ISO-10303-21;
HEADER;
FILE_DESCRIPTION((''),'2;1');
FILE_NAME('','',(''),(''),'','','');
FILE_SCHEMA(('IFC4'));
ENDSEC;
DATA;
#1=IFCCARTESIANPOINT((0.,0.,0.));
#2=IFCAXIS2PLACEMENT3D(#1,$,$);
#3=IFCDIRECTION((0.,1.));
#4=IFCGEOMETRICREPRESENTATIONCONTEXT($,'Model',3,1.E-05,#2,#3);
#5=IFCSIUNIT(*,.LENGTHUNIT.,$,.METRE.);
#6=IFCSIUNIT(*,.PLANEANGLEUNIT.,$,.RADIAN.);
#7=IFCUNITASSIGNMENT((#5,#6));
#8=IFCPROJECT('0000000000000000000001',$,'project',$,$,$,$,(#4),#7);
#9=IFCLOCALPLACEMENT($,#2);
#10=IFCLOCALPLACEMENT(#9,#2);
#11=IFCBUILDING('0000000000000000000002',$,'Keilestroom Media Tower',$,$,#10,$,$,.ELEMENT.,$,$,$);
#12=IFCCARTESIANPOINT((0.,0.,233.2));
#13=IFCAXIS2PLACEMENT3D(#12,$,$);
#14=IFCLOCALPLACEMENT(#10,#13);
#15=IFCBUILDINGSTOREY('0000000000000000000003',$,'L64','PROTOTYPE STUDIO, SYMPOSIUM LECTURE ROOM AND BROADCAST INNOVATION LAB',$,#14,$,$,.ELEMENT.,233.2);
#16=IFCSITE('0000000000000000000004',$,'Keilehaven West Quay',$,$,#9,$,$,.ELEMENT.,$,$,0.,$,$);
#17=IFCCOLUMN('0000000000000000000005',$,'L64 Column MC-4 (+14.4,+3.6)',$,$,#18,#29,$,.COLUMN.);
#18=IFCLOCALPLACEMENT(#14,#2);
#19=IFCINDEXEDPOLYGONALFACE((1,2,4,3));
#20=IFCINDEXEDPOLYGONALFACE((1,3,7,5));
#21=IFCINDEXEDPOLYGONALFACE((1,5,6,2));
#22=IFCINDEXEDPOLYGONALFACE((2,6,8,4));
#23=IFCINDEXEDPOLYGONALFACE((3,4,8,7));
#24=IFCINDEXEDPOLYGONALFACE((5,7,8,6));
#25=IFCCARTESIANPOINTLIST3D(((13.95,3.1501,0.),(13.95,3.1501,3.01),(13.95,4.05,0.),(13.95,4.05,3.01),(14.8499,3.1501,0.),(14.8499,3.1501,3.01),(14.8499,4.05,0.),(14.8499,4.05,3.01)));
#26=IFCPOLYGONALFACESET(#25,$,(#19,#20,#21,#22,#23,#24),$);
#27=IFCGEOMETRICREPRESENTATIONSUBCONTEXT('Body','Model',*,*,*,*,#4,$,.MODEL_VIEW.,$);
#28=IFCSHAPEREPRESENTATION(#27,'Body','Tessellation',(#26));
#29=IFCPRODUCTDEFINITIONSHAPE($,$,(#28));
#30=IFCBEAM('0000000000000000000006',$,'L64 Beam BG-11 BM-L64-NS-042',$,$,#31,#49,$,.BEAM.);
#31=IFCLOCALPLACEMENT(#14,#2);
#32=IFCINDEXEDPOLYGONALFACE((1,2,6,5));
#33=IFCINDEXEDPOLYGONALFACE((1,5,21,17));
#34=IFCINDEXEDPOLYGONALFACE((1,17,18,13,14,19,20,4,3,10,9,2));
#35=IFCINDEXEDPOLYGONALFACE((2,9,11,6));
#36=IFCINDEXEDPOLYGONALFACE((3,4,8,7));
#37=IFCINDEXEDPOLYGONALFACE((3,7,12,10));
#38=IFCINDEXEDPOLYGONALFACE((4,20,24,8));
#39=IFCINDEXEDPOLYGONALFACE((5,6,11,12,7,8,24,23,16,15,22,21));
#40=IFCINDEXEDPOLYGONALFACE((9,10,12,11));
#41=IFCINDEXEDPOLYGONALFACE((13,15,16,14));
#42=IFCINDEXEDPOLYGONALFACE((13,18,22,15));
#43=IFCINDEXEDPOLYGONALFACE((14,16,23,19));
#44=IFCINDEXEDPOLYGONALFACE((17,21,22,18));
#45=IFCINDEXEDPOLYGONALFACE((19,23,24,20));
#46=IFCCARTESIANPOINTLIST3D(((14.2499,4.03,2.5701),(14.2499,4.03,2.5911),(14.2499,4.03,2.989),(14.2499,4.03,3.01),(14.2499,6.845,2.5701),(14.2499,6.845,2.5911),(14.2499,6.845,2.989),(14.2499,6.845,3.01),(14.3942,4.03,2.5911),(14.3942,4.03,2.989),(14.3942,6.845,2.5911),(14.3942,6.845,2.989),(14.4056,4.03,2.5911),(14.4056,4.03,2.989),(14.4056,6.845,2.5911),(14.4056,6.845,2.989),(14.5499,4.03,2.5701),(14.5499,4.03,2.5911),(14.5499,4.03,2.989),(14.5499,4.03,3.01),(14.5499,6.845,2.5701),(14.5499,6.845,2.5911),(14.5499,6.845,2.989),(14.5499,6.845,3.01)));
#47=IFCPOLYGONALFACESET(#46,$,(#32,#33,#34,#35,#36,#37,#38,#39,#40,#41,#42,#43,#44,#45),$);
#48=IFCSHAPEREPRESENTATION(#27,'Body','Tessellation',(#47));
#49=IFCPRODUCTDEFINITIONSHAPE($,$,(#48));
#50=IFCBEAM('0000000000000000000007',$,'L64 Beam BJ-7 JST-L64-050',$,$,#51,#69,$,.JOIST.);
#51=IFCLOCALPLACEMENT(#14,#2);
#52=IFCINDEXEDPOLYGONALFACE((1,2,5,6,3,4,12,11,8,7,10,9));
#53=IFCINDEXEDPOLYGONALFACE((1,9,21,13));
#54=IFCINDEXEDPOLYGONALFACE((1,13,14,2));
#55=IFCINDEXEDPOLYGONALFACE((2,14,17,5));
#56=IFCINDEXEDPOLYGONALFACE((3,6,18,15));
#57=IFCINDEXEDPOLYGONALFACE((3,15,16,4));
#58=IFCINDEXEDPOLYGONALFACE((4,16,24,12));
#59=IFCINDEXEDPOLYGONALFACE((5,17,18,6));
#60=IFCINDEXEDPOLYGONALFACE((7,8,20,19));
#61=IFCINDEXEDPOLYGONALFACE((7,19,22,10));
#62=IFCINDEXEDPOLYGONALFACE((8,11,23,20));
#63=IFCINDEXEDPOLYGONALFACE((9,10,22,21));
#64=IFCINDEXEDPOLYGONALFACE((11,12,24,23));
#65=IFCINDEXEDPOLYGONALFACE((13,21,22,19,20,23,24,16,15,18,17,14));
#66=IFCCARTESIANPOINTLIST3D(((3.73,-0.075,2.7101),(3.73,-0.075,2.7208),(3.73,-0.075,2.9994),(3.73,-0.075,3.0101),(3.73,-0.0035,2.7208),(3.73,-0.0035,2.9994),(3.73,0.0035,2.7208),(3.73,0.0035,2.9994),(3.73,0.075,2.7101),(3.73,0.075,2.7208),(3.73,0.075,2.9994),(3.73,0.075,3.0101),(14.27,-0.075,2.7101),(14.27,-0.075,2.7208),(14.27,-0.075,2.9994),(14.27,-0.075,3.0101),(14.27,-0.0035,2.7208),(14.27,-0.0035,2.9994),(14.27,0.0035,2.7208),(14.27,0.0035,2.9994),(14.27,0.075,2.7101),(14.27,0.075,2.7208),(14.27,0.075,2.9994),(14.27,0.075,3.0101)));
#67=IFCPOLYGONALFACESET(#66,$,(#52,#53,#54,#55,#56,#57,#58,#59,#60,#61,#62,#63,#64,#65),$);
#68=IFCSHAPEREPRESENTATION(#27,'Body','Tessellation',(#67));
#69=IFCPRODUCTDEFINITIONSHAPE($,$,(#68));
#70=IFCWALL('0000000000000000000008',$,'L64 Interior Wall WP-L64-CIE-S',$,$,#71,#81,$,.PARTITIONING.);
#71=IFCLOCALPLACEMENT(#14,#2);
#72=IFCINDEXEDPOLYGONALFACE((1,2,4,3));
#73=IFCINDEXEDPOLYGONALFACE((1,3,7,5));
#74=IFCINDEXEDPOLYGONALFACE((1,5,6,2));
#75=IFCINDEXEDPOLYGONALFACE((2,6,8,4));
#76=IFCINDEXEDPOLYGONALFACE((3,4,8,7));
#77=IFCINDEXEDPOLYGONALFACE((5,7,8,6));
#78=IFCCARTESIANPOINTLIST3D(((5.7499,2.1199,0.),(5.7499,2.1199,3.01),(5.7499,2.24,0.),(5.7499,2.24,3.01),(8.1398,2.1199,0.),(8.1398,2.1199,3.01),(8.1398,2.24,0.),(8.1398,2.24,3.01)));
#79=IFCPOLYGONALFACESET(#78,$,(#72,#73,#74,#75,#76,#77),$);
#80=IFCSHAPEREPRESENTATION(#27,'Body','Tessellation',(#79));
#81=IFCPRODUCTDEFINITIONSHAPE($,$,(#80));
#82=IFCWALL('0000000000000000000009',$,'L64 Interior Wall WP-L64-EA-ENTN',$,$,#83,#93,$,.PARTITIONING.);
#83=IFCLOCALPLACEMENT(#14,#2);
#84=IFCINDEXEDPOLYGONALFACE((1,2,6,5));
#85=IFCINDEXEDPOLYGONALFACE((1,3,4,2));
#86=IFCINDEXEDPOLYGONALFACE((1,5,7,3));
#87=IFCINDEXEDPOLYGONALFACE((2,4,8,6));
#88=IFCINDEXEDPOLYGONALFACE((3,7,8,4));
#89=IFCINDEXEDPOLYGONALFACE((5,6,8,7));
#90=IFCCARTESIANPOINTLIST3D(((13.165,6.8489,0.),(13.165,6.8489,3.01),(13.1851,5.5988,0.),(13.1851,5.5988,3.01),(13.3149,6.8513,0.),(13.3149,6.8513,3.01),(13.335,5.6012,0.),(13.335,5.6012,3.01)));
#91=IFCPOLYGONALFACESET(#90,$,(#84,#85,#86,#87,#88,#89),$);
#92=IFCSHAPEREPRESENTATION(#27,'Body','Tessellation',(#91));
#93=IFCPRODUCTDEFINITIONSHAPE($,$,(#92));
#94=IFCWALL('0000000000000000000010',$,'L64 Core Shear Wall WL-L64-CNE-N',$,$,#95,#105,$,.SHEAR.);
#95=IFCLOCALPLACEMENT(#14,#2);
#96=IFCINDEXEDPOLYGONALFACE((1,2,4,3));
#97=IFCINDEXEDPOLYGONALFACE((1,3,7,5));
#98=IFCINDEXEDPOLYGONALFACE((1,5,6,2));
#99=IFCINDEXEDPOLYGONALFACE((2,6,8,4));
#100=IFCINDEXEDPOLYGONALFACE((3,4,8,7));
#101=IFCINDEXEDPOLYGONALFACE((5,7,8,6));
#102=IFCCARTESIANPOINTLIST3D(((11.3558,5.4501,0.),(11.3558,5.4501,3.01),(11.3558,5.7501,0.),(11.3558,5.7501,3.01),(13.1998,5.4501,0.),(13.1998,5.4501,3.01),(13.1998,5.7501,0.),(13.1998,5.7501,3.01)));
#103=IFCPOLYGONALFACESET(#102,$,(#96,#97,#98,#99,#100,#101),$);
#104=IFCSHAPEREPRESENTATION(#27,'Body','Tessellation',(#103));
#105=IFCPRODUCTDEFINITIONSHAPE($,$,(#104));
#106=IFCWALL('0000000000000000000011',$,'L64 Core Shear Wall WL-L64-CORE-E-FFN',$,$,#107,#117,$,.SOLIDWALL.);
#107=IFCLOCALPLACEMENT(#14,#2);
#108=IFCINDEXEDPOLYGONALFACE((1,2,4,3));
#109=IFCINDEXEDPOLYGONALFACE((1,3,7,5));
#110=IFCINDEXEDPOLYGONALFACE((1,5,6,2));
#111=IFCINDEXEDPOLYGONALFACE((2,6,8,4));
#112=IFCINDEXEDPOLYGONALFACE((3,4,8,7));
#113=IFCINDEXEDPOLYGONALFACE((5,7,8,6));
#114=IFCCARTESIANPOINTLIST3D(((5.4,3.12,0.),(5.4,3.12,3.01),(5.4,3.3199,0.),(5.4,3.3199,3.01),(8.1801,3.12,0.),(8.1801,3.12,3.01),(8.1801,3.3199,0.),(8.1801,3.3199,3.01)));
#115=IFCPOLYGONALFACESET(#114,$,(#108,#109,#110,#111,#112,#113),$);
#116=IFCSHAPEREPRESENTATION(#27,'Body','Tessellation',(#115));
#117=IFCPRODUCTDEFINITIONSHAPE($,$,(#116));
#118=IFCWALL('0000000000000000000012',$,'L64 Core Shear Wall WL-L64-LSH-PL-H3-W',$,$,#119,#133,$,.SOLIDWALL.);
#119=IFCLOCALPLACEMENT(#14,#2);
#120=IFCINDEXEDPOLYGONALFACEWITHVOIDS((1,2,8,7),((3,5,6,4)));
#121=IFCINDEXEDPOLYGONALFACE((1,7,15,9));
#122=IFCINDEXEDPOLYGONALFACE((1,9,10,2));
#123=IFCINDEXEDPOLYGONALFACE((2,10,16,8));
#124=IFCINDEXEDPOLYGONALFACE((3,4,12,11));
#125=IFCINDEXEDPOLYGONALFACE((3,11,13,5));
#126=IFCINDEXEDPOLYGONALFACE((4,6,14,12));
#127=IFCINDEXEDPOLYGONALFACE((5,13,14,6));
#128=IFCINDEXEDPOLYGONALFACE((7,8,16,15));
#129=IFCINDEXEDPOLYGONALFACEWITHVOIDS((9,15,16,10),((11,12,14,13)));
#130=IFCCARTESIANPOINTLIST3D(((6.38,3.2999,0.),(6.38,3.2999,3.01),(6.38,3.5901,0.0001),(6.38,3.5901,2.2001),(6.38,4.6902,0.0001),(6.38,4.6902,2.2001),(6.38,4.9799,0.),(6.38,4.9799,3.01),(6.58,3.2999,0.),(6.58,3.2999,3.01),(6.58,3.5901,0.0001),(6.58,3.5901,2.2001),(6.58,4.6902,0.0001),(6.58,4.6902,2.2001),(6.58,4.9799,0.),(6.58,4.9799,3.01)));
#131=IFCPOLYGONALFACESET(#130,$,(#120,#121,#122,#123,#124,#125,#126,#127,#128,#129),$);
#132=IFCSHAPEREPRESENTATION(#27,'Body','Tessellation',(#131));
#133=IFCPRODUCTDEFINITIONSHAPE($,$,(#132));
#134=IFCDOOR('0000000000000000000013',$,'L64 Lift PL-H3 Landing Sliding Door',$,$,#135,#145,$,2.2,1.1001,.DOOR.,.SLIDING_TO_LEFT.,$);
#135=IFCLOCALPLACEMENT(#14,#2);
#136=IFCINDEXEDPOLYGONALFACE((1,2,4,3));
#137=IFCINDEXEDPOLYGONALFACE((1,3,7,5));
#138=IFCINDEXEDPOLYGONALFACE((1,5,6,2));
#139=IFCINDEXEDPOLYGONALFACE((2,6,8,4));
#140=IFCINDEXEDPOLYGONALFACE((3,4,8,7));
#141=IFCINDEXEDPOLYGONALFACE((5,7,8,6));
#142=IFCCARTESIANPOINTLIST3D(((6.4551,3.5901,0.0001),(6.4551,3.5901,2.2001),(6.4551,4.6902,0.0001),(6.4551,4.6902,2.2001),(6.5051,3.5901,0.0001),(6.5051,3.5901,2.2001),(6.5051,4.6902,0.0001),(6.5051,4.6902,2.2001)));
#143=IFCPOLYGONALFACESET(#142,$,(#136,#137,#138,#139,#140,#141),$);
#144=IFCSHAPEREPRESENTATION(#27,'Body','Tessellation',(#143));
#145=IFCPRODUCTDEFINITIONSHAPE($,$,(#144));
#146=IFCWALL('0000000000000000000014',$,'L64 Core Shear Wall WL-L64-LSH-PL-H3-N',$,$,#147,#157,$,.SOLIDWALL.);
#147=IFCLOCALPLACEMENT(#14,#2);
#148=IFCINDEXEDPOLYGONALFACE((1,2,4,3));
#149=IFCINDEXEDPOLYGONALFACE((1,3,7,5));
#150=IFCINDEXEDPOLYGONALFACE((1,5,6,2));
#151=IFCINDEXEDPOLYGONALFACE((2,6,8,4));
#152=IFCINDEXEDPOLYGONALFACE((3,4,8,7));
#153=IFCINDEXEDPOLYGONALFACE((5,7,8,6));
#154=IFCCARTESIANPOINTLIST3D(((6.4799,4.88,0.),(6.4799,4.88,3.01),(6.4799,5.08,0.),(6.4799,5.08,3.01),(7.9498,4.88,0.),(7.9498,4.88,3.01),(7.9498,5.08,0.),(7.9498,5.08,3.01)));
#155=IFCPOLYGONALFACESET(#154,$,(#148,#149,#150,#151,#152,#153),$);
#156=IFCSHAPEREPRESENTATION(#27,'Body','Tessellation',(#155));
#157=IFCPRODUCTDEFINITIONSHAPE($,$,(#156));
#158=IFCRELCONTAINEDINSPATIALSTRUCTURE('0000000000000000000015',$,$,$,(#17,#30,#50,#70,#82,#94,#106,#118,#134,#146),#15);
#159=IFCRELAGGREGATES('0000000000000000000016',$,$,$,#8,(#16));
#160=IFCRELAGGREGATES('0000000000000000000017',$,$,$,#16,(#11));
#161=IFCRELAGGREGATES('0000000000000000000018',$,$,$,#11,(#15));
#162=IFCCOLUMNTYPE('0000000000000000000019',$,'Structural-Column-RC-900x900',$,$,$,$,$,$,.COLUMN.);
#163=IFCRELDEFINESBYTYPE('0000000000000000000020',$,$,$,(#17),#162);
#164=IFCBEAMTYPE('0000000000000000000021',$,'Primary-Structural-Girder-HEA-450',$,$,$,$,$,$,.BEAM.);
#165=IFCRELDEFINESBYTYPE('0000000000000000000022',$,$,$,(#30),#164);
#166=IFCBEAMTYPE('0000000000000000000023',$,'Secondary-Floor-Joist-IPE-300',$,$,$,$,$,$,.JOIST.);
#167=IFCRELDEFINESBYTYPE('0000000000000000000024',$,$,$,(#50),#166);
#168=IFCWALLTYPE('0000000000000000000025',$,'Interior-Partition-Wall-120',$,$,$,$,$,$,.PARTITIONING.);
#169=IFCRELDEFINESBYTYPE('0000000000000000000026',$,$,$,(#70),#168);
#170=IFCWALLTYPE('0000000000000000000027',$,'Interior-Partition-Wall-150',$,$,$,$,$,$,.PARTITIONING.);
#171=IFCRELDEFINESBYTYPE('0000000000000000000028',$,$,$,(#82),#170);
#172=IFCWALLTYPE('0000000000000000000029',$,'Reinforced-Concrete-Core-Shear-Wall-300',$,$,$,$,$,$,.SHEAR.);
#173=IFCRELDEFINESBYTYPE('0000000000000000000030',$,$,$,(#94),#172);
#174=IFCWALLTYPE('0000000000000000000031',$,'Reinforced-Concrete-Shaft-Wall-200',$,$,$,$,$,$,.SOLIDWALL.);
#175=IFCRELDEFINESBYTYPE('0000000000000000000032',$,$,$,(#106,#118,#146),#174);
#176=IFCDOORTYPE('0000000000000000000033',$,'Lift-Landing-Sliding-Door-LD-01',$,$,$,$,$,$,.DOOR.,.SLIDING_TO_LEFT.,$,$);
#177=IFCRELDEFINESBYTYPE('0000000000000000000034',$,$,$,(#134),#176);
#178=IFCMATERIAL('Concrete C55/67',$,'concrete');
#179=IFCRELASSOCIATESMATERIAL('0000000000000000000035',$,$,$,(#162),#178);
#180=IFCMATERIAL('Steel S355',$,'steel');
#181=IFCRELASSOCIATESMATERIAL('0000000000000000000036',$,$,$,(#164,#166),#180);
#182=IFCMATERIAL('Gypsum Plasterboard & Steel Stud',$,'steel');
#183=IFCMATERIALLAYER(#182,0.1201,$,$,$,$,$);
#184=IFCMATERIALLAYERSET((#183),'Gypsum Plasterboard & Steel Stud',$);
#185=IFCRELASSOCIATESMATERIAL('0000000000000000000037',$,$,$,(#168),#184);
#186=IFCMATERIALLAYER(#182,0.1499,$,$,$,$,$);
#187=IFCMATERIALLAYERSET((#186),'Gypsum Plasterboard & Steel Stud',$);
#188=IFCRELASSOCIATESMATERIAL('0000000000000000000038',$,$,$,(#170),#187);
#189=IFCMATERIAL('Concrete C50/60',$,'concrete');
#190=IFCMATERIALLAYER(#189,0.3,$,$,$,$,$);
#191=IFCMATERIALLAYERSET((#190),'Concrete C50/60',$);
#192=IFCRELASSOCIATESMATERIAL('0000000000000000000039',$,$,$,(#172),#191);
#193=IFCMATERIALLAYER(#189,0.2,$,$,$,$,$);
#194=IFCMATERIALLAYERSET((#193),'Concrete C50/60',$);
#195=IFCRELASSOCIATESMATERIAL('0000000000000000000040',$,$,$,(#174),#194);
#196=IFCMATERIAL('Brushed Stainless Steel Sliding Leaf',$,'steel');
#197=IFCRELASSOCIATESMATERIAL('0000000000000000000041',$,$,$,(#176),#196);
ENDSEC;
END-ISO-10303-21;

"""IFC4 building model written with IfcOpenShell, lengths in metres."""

from ifc_helpers import new_model, si_unit, direction, frame, frame_2d, origin, origin_2d, place, context, subcontext, project, spatial, rectangle, i_section, extrude, source, transform, mapped, material, layer, layer_set, material_profile, profile_set, type_object, element, fill, save


model = new_model("IFC4")

# Units and contexts
model_context = context("Model", 3, precision=1e-05, world=origin(), true_north=direction((0.0, 1.0)))
body_context = subcontext(model_context, "Body", "Model", "MODEL_VIEW")
ifc_project = project(units=[si_unit("LENGTHUNIT", "METRE"), si_unit("PLANEANGLEUNIT", "RADIAN")], contexts=[model_context])

# Site, building, storey
site_placement = place(None, origin())
site = spatial("IfcSite", under=ifc_project, at=site_placement, Name="Keilehaven West Quay", CompositionType="ELEMENT", RefElevation=0.0)
building_placement = place(site_placement, origin())
building = spatial("IfcBuilding", under=site, at=building_placement, Name="Keilestroom Media Tower", CompositionType="ELEMENT")
storey_placement = place(building_placement, frame((0.0, 0.0, 233.2)))
storey = spatial("IfcBuildingStorey", under=building, at=storey_placement, Name="L64", Description="PROTOTYPE STUDIO, SYMPOSIUM LECTURE ROOM AND BROADCAST INNOVATION LAB", CompositionType="ELEMENT", Elevation=233.2)

# Column
ifc_material_1 = material(Name="Concrete C55/67", Category="concrete")
ifc_material_profile_1 = material_profile(ifc_material_1, rectangle(XDim=0.8999, YDim=0.8999, at=origin_2d()), Name="RC 900x900")
ifc_profile_set_1 = profile_set([ifc_material_profile_1], Name="Concrete C55/67")
column_type = type_object("IfcColumnType", Name="Structural-Column-RC-900x900", PredefinedType="COLUMN", material=ifc_profile_set_1)
shared_shape_1 = source(origin(), body_context, "Body", "SweptSolid", [
    extrude(rectangle(XDim=0.8999, YDim=0.8999, at=origin_2d()), origin(), (0.0, 0.0, 1.0), 3.01),
])
column_placement = place(storey_placement, frame((14.3999, 3.6001, 0.0), z_axis=(0.0, 0.0, 1.0), x_axis=(1.0, 0.0, 0.0)))
element("IfcColumn", 1, at=column_placement, inside=storey, type_object=column_type, Name="L64 Column MC-4 (+14.4,+3.6)", PredefinedType="COLUMN", context=body_context, shape_type="MappedRepresentation", body=[
    mapped(shared_shape_1, transform((0.0, 0.0, 0.0), x_axis=(1.0, 0.0, 0.0), y_axis=(0.0, 1.0, 0.0), z_axis=(0.0, 0.0, 1.0), scale=1.0)),
])

# Beams
ifc_material_2 = material(Name="Steel S355", Category="steel")
ifc_material_profile_2 = material_profile(ifc_material_2, i_section(OverallWidth=0.3, OverallDepth=0.4399, WebThickness=0.0115, FlangeThickness=0.021, at=origin_2d()), Name="HEA 450")
ifc_profile_set_2 = profile_set([ifc_material_profile_2], Name="Steel S355")
beam_type_1 = type_object("IfcBeamType", Name="Primary-Structural-Girder-HEA-450", PredefinedType="BEAM", material=ifc_profile_set_2)
shared_shape_2 = source(origin(), body_context, "Body", "SweptSolid", [
    extrude(i_section(OverallWidth=0.3, OverallDepth=0.4399, WebThickness=0.0115, FlangeThickness=0.021, at=origin_2d()), origin(), (0.0, 0.0, 1.0), 2.8149),
])
beam_1_placement = place(storey_placement, frame((14.3999, 4.03, 2.79), z_axis=(0.0, 1.0, 0.0), x_axis=(-1.0, 0.0, 0.0)))
element("IfcBeam", 2, at=beam_1_placement, inside=storey, type_object=beam_type_1, Name="L64 Beam BG-11 BM-L64-NS-042", PredefinedType="BEAM", context=body_context, shape_type="MappedRepresentation", body=[
    mapped(shared_shape_2, transform((0.0, 0.0, 0.0), x_axis=(1.0, 0.0, 0.0), y_axis=(0.0, 1.0, 0.0), z_axis=(0.0, 0.0, 1.0), scale=1.0)),
])
ifc_material_profile_3 = material_profile(ifc_material_2, i_section(OverallWidth=0.1499, OverallDepth=0.3, WebThickness=0.0071, FlangeThickness=0.0107, at=origin_2d()), Name="IPE 300")
ifc_profile_set_3 = profile_set([ifc_material_profile_3], Name="Steel S355")
beam_type_2 = type_object("IfcBeamType", Name="Secondary-Floor-Joist-IPE-300", PredefinedType="JOIST", material=ifc_profile_set_3)
shared_shape_3 = source(origin(), body_context, "Body", "SweptSolid", [
    extrude(i_section(OverallWidth=0.1499, OverallDepth=0.3, WebThickness=0.0071, FlangeThickness=0.0107, at=origin_2d()), origin(), (0.0, 0.0, 1.0), 10.54),
])
beam_2_placement = place(storey_placement, frame((3.73, 0.0, 2.8601), z_axis=(1.0, 0.0, 0.0), x_axis=(0.0, 1.0, 0.0)))
element("IfcBeam", 3, at=beam_2_placement, inside=storey, type_object=beam_type_2, Name="L64 Beam BJ-7 JST-L64-050", PredefinedType="JOIST", context=body_context, shape_type="MappedRepresentation", body=[
    mapped(shared_shape_3, transform((0.0, 0.0, 0.0), x_axis=(1.0, 0.0, 0.0), y_axis=(0.0, 1.0, 0.0), z_axis=(0.0, 0.0, 1.0), scale=1.0)),
])

# Walls
ifc_material_3 = material(Name="Gypsum Plasterboard & Steel Stud", Category="steel")
ifc_layer_1 = layer(ifc_material_3, 0.1201)
ifc_layer_set_1 = layer_set([ifc_layer_1], Name="Gypsum Plasterboard & Steel Stud")
wall_type_1 = type_object("IfcWallType", Name="Interior-Partition-Wall-120", PredefinedType="PARTITIONING", material=ifc_layer_set_1)
wall_1_placement = place(storey_placement, frame((5.75, 2.1799, 0.0), z_axis=(0.0, 0.0, 1.0), x_axis=(1.0, 0.0, 0.0)))
element("IfcWall", 4, at=wall_1_placement, inside=storey, type_object=wall_type_1, Name="L64 Interior Wall WP-L64-CIE-S", PredefinedType="PARTITIONING", context=body_context, shape_type="SweptSolid", body=[
    extrude(rectangle(XDim=2.3899, YDim=0.1201, at=frame_2d((1.1948, 0.0))), origin(), (0.0, 0.0, 1.0), 3.01),
])
ifc_layer_2 = layer(ifc_material_3, 0.1499)
ifc_layer_set_2 = layer_set([ifc_layer_2], Name="Gypsum Plasterboard & Steel Stud")
wall_type_2 = type_object("IfcWallType", Name="Interior-Partition-Wall-150", PredefinedType="PARTITIONING", material=ifc_layer_set_2)
wall_2_placement = place(storey_placement, frame((13.26, 5.6001, 0.0), z_axis=(0.0, 0.0, 1.0), x_axis=(-0.016014, 0.999872, 0.0)))
element("IfcWall", 5, at=wall_2_placement, inside=storey, type_object=wall_type_2, Name="L64 Interior Wall WP-L64-EA-ENTN", PredefinedType="PARTITIONING", context=body_context, shape_type="SweptSolid", body=[
    extrude(rectangle(XDim=1.2502, YDim=0.1499, at=frame_2d((0.625, 0.0))), origin(), (0.0, 0.0, 1.0), 3.01),
])
ifc_material_4 = material(Name="Concrete C50/60", Category="concrete")
ifc_layer_3 = layer(ifc_material_4, 0.3)
ifc_layer_set_3 = layer_set([ifc_layer_3], Name="Concrete C50/60")
wall_type_3 = type_object("IfcWallType", Name="Reinforced-Concrete-Core-Shear-Wall-300", PredefinedType="SHEAR", material=ifc_layer_set_3)
wall_3_placement = place(storey_placement, frame((11.356, 5.6001, 0.0), z_axis=(0.0, 0.0, 1.0), x_axis=(1.0, 0.0, 0.0)))
element("IfcWall", 6, at=wall_3_placement, inside=storey, type_object=wall_type_3, Name="L64 Core Shear Wall WL-L64-CNE-N", PredefinedType="SHEAR", context=body_context, shape_type="SweptSolid", body=[
    extrude(rectangle(XDim=1.844, YDim=0.3, at=frame_2d((0.9219, 0.0))), origin(), (0.0, 0.0, 1.0), 3.01),
])
ifc_layer_4 = layer(ifc_material_4, 0.2)
ifc_layer_set_4 = layer_set([ifc_layer_4], Name="Concrete C50/60")
wall_type_4 = type_object("IfcWallType", Name="Reinforced-Concrete-Shaft-Wall-200", PredefinedType="SOLIDWALL", material=ifc_layer_set_4)
wall_4_placement = place(storey_placement, frame((5.3999, 3.22, 0.0), z_axis=(0.0, 0.0, 1.0), x_axis=(1.0, 0.0, 0.0)))
element("IfcWall", 7, at=wall_4_placement, inside=storey, type_object=wall_type_4, Name="L64 Core Shear Wall WL-L64-CORE-E-FFN", PredefinedType="SOLIDWALL", context=body_context, shape_type="SweptSolid", body=[
    extrude(rectangle(XDim=2.78, YDim=0.2, at=frame_2d((1.3901, 0.0))), origin(), (0.0, 0.0, 1.0), 3.01),
])

# Wall, opening, door
wall_5_placement = place(storey_placement, frame((6.48, 3.3, 0.0), z_axis=(0.0, 0.0, 1.0), x_axis=(0.0, 1.0, 0.0)))
wall_5 = element("IfcWall", 8, at=wall_5_placement, inside=storey, type_object=wall_type_4, Name="L64 Core Shear Wall WL-L64-LSH-PL-H3-W", PredefinedType="SOLIDWALL", context=body_context, shape_type="SweptSolid", body=[
    extrude(rectangle(XDim=1.6799, YDim=0.2, at=frame_2d((0.8398, 0.0))), origin(), (0.0, 0.0, 1.0), 3.01),
])
opening_1_placement = place(wall_5_placement, frame((0.29, 0.0, 0.0)))
opening_1 = element("IfcOpeningElement", 9, at=opening_1_placement, cuts=wall_5, PredefinedType="OPENING", context=body_context, shape_type="SweptSolid", body=[
    extrude(rectangle(XDim=1.1001, YDim=2.2, at=frame_2d((0.55, 1.1001))), frame((0.0, 0.1099, 0.0), z_axis=(0.0, -1.0, 0.0), x_axis=(1.0, 0.0, 0.0)), (0.0, 0.0, 1.0), 0.22),
])
ifc_material_5 = material(Name="Brushed Stainless Steel Sliding Leaf", Category="steel")
door_type = type_object("IfcDoorType", Name="Lift-Landing-Sliding-Door-LD-01", OperationType="SLIDING_TO_LEFT", PredefinedType="DOOR", material=ifc_material_5)
shared_shape_4 = source(origin(), body_context, "Body", "SweptSolid", [
    extrude(rectangle(XDim=1.1001, YDim=2.2, at=frame_2d((0.55, 1.1001))), frame((0.0, 0.0249, 0.0), z_axis=(0.0, -1.0, 0.0), x_axis=(1.0, 0.0, 0.0)), (0.0, 0.0, 1.0), 0.05),
])
door_1_placement = place(opening_1_placement, origin())
door_1 = element("IfcDoor", 10, at=door_1_placement, inside=storey, type_object=door_type, Name="L64 Lift PL-H3 Landing Sliding Door", OperationType="SLIDING_TO_LEFT", OverallHeight=2.2, OverallWidth=1.1001, PredefinedType="DOOR", context=body_context, shape_type="MappedRepresentation", body=[
    mapped(shared_shape_4, transform((0.0, 0.0, 0.0), x_axis=(1.0, 0.0, 0.0), y_axis=(0.0, 1.0, 0.0), z_axis=(0.0, 0.0, 1.0), scale=1.0)),
])
fill(opening_1, door_1)

# Wall
wall_6_placement = place(storey_placement, frame((6.48, 4.98, 0.0), z_axis=(0.0, 0.0, 1.0), x_axis=(1.0, 0.0, 0.0)))
element("IfcWall", 11, at=wall_6_placement, inside=storey, type_object=wall_type_4, Name="L64 Core Shear Wall WL-L64-LSH-PL-H3-N", PredefinedType="SOLIDWALL", context=body_context, shape_type="SweptSolid", body=[
    extrude(rectangle(XDim=1.47, YDim=0.2, at=frame_2d((0.7349, 0.0))), origin(), (0.0, 0.0, 1.0), 3.01),
])

save(model, "model.ifc")
